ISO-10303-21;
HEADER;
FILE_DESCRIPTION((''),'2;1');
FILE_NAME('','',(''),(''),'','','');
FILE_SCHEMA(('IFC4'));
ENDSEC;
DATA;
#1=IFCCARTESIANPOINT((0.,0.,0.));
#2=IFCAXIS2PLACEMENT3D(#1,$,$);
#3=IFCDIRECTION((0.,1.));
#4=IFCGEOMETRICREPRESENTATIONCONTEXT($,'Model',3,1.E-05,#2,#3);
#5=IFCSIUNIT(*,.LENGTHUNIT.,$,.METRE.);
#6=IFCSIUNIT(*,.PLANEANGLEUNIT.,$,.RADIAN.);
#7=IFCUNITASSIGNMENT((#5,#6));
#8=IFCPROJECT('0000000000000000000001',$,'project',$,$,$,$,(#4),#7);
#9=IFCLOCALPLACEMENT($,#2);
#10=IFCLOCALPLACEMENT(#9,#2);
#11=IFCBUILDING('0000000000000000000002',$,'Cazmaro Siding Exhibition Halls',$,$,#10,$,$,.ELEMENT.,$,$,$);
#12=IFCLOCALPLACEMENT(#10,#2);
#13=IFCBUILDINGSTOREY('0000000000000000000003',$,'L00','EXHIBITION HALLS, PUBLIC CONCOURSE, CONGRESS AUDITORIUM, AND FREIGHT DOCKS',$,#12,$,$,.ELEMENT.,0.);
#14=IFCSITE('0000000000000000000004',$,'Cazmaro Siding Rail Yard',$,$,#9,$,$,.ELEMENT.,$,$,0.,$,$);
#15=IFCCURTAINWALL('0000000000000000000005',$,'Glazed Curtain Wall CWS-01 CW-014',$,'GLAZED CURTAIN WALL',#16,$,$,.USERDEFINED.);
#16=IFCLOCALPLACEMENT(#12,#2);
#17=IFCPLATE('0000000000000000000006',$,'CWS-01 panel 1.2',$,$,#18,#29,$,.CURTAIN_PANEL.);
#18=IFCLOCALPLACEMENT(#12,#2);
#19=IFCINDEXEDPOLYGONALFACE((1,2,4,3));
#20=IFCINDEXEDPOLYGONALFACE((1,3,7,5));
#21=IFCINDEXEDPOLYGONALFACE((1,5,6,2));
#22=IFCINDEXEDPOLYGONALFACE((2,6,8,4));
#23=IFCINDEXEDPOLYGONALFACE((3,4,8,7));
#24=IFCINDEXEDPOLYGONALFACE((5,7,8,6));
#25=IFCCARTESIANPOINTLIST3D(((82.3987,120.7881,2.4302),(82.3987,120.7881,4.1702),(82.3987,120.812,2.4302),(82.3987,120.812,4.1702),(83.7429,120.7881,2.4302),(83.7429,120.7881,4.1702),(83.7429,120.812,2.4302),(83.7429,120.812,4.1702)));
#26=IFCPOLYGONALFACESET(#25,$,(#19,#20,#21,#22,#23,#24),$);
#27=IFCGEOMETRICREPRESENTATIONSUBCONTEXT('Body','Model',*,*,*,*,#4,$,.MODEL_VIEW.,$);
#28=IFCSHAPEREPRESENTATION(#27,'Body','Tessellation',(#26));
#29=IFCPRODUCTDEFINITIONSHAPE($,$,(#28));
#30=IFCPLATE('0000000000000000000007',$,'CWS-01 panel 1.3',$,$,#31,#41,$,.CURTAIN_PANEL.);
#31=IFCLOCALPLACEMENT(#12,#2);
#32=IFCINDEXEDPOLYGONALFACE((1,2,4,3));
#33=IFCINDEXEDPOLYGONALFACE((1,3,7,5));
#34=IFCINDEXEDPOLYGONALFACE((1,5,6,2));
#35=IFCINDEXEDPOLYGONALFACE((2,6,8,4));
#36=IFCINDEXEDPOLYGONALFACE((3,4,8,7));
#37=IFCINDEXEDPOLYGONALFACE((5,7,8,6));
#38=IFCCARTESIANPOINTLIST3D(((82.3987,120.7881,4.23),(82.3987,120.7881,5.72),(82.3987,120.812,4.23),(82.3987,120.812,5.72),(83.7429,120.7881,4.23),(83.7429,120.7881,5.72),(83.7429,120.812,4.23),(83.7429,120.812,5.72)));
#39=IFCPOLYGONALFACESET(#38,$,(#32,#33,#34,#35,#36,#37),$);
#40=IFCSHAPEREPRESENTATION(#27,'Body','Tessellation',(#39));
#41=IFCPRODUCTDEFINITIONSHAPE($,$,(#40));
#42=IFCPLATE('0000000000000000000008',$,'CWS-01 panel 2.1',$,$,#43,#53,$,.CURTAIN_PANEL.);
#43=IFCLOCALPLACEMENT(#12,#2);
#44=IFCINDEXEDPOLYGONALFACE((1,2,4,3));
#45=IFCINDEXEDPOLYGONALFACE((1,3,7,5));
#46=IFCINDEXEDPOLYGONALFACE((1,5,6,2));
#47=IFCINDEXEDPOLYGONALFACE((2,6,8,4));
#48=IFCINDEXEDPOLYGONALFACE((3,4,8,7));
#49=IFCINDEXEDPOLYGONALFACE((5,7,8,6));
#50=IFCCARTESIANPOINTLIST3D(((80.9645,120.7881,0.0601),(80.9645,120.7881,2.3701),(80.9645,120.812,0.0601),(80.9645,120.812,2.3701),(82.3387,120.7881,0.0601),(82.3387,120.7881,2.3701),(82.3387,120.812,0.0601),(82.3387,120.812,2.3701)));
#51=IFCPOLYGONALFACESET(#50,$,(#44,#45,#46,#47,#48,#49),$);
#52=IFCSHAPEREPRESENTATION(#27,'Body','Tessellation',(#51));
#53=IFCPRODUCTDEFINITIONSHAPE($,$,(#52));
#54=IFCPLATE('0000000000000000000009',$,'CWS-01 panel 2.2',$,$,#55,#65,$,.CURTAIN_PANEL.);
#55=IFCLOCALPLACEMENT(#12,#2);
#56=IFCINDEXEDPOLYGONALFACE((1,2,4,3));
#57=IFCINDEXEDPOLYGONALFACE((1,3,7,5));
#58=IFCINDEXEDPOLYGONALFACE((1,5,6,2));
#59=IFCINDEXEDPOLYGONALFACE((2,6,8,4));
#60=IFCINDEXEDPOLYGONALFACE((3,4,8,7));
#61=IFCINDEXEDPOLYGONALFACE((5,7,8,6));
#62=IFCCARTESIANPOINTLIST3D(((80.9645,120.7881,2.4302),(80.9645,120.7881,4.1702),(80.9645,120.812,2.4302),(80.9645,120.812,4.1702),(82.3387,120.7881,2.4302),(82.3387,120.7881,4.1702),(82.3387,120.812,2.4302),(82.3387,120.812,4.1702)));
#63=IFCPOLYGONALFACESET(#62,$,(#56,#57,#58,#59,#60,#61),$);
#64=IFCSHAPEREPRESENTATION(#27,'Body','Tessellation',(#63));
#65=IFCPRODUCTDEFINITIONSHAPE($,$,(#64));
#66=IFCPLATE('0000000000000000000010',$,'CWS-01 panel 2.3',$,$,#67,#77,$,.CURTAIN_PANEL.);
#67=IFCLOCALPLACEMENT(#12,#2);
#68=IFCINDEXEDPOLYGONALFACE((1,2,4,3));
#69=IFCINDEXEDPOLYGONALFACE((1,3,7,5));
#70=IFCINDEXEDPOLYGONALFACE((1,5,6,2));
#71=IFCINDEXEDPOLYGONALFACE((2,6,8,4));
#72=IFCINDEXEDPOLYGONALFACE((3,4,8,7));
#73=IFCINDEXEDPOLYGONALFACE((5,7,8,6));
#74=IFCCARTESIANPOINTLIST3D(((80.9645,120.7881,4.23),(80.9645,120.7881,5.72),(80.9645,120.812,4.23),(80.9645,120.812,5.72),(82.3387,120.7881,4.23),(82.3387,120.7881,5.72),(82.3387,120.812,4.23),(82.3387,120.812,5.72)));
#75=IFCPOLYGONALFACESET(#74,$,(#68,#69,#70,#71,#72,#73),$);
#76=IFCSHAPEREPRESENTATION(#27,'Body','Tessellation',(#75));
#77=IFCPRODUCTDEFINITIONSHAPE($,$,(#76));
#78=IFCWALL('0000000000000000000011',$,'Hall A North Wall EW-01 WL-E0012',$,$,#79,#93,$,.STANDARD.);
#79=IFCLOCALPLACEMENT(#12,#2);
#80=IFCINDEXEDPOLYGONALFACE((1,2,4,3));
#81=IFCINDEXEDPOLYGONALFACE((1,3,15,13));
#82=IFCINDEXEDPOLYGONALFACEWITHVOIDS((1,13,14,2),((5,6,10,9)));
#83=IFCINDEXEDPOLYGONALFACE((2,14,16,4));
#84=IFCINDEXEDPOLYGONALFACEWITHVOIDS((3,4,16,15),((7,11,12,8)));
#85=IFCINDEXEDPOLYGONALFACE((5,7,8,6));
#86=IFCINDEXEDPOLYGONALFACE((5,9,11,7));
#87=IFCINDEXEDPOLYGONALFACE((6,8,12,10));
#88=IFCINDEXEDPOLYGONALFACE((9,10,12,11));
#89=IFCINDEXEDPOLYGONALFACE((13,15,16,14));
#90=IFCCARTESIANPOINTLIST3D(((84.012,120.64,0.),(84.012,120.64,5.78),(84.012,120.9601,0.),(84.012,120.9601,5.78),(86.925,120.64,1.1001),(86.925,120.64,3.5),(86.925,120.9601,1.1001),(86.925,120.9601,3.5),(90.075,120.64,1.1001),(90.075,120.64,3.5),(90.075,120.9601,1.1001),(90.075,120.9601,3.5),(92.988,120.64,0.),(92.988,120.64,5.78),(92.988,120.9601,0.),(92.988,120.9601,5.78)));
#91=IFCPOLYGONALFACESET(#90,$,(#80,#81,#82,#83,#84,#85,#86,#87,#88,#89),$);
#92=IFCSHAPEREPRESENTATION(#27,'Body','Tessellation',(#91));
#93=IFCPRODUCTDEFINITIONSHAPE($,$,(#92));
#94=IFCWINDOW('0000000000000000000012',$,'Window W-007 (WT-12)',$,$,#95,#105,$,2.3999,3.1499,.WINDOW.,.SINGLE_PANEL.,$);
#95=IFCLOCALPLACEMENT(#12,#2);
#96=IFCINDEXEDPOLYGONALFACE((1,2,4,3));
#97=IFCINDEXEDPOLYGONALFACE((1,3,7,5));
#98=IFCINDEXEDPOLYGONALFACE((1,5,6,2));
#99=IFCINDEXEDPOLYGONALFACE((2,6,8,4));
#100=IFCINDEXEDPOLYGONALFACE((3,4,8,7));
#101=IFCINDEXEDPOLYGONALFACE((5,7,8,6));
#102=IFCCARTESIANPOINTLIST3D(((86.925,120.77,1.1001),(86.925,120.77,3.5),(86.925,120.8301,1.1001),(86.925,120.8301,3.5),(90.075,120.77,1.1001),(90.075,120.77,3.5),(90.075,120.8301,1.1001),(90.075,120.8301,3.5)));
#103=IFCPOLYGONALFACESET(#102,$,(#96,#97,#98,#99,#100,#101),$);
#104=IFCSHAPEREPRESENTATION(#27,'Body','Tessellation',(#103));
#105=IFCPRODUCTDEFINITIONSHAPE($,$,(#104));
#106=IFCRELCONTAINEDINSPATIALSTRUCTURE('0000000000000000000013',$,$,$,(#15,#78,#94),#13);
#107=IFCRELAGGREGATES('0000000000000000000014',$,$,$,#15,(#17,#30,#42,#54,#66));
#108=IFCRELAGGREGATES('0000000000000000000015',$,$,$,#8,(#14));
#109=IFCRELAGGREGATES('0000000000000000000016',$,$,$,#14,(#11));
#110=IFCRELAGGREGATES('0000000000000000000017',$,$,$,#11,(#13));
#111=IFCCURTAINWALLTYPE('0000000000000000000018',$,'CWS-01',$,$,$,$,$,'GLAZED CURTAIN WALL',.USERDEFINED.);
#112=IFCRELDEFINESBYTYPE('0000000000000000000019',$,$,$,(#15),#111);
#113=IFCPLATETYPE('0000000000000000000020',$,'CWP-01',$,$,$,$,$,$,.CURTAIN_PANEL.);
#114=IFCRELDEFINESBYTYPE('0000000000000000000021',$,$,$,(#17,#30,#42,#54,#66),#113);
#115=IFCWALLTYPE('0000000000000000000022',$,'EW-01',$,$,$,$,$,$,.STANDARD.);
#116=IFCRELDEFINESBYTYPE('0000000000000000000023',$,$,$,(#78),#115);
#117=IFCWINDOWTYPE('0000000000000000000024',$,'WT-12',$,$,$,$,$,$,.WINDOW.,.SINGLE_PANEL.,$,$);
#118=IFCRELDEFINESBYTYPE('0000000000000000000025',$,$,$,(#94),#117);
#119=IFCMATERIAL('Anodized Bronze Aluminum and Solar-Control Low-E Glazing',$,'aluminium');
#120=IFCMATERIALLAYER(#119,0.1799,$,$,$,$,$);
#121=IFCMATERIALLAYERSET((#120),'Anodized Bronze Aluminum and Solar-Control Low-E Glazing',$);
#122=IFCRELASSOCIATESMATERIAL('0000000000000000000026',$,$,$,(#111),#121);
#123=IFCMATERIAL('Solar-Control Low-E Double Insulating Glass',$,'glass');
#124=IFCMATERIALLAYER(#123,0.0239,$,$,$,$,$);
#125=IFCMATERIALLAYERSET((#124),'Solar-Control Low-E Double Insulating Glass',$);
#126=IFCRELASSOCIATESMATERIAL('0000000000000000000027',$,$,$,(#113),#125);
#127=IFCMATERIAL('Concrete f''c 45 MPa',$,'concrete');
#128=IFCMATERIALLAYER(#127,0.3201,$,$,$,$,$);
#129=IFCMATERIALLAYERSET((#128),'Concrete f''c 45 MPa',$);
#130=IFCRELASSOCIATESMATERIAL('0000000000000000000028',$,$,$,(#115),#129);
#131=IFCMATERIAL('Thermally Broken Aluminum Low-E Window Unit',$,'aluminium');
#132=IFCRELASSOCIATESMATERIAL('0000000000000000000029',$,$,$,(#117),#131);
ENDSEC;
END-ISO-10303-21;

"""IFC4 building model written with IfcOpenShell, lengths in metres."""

from ifc_helpers import new_model, si_unit, direction, frame, frame_2d, origin, origin_2d, place, context, subcontext, project, spatial, rectangle, extrude, material, layer, layer_set, type_object, element, fill, aggregate, save


model = new_model("IFC4")

# Units and contexts
model_context = context("Model", 3, precision=1e-05, world=origin(), true_north=direction((0.0, 1.0)))
body_context = subcontext(model_context, "Body", "Model", "MODEL_VIEW")
ifc_project = project(units=[si_unit("LENGTHUNIT", "METRE"), si_unit("PLANEANGLEUNIT", "RADIAN")], contexts=[model_context])

# Site, building, storey
site_placement = place(None, origin())
site = spatial("IfcSite", under=ifc_project, at=site_placement, Name="Cazmaro Siding Rail Yard", CompositionType="ELEMENT", RefElevation=0.0)
building_placement = place(site_placement, origin())
building = spatial("IfcBuilding", under=site, at=building_placement, Name="Cazmaro Siding Exhibition Halls", CompositionType="ELEMENT")
storey_placement = place(building_placement, origin())
storey = spatial("IfcBuildingStorey", under=building, at=storey_placement, Name="L00", Description="EXHIBITION HALLS, PUBLIC CONCOURSE, CONGRESS AUDITORIUM, AND FREIGHT DOCKS", CompositionType="ELEMENT", Elevation=0.0)

# Curtain wall, plates
ifc_material_1 = material(Name="Anodized Bronze Aluminum and Solar-Control Low-E Glazing", Category="aluminium")
ifc_layer_1 = layer(ifc_material_1, 0.1799)
ifc_layer_set_1 = layer_set([ifc_layer_1], Name="Anodized Bronze Aluminum and Solar-Control Low-E Glazing")
curtain_wall_type = type_object("IfcCurtainWallType", Name="CWS-01", ElementType="GLAZED CURTAIN WALL", PredefinedType="USERDEFINED", material=ifc_layer_set_1)
curtain_wall_placement = place(storey_placement, origin())
curtain_wall = element("IfcCurtainWall", 1, at=curtain_wall_placement, inside=storey, type_object=curtain_wall_type, Name="Glazed Curtain Wall CWS-01 CW-014", ObjectType="GLAZED CURTAIN WALL", PredefinedType="USERDEFINED")
ifc_material_2 = material(Name="Solar-Control Low-E Double Insulating Glass", Category="glass")
ifc_layer_2 = layer(ifc_material_2, 0.0239)
ifc_layer_set_2 = layer_set([ifc_layer_2], Name="Solar-Control Low-E Double Insulating Glass")
plate_type = type_object("IfcPlateType", Name="CWP-01", PredefinedType="CURTAIN_PANEL", material=ifc_layer_set_2)
plate_1_placement = place(storey_placement, frame((83.0708, 120.8, 2.4302), z_axis=(0.0, 0.0, 1.0), x_axis=(-1.0, 0.0, 0.0)))
plate_1 = element("IfcPlate", 2, at=plate_1_placement, type_object=plate_type, Name="CWS-01 panel 1.2", PredefinedType="CURTAIN_PANEL", context=body_context, shape_type="SweptSolid", body=[
    extrude(rectangle(XDim=1.3442, YDim=0.0239, at=origin_2d()), origin(), (0.0, 0.0, 1.0), 1.74),
])
plate_2_placement = place(storey_placement, frame((83.0708, 120.8, 4.23), z_axis=(0.0, 0.0, 1.0), x_axis=(-1.0, 0.0, 0.0)))
plate_2 = element("IfcPlate", 3, at=plate_2_placement, type_object=plate_type, Name="CWS-01 panel 1.3", PredefinedType="CURTAIN_PANEL", context=body_context, shape_type="SweptSolid", body=[
    extrude(rectangle(XDim=1.3442, YDim=0.0239, at=origin_2d()), origin(), (0.0, 0.0, 1.0), 1.49),
])
plate_3_placement = place(storey_placement, frame((81.6516, 120.8, 0.0601), z_axis=(0.0, 0.0, 1.0), x_axis=(-1.0, 0.0, 0.0)))
plate_3 = element("IfcPlate", 4, at=plate_3_placement, type_object=plate_type, Name="CWS-01 panel 2.1", PredefinedType="CURTAIN_PANEL", context=body_context, shape_type="SweptSolid", body=[
    extrude(rectangle(XDim=1.3743, YDim=0.0239, at=origin_2d()), origin(), (0.0, 0.0, 1.0), 2.3101),
])
plate_4_placement = place(storey_placement, frame((81.6516, 120.8, 2.4302), z_axis=(0.0, 0.0, 1.0), x_axis=(-1.0, 0.0, 0.0)))
plate_4 = element("IfcPlate", 5, at=plate_4_placement, type_object=plate_type, Name="CWS-01 panel 2.2", PredefinedType="CURTAIN_PANEL", context=body_context, shape_type="SweptSolid", body=[
    extrude(rectangle(XDim=1.3743, YDim=0.0239, at=origin_2d()), origin(), (0.0, 0.0, 1.0), 1.74),
])
plate_5_placement = place(storey_placement, frame((81.6516, 120.8, 4.23), z_axis=(0.0, 0.0, 1.0), x_axis=(-1.0, 0.0, 0.0)))
plate_5 = element("IfcPlate", 6, at=plate_5_placement, type_object=plate_type, Name="CWS-01 panel 2.3", PredefinedType="CURTAIN_PANEL", context=body_context, shape_type="SweptSolid", body=[
    extrude(rectangle(XDim=1.3743, YDim=0.0239, at=origin_2d()), origin(), (0.0, 0.0, 1.0), 1.49),
])
aggregate(curtain_wall, [plate_1, plate_2, plate_3, plate_4, plate_5])

# Wall, opening, window
ifc_material_3 = material(Name="Concrete f'c 45 MPa", Category="concrete")
ifc_layer_3 = layer(ifc_material_3, 0.3201)
ifc_layer_set_3 = layer_set([ifc_layer_3], Name="Concrete f'c 45 MPa")
wall_type = type_object("IfcWallType", Name="EW-01", PredefinedType="STANDARD", material=ifc_layer_set_3)
wall_placement = place(storey_placement, frame((84.012, 120.8, 0.0), z_axis=(0.0, 0.0, 1.0), x_axis=(1.0, 0.0, 0.0)))
wall = element("IfcWall", 7, at=wall_placement, inside=storey, type_object=wall_type, Name="Hall A North Wall EW-01 WL-E0012", PredefinedType="STANDARD", context=body_context, shape_type="SweptSolid", body=[
    extrude(rectangle(XDim=8.9761, YDim=0.3201, at=frame_2d((4.488, 0.0))), origin(), (0.0, 0.0, 1.0), 5.78),
])
opening_placement = place(wall_placement, frame((2.9131, 0.0, 1.1001)))
opening = element("IfcOpeningElement", 8, at=opening_placement, cuts=wall, PredefinedType="OPENING", context=body_context, shape_type="SweptSolid", body=[
    extrude(rectangle(XDim=3.1499, YDim=2.3999, at=frame_2d((1.575, 1.2))), frame((0.0, 0.1699, 0.0), z_axis=(0.0, -1.0, 0.0), x_axis=(1.0, 0.0, 0.0)), (0.0, 0.0, 1.0), 0.3401),
])
ifc_material_4 = material(Name="Thermally Broken Aluminum Low-E Window Unit", Category="aluminium")
window_type = type_object("IfcWindowType", Name="WT-12", PartitioningType="SINGLE_PANEL", PredefinedType="WINDOW", material=ifc_material_4)
window_placement = place(opening_placement, origin())
window = element("IfcWindow", 9, at=window_placement, inside=storey, type_object=window_type, Name="Window W-007 (WT-12)", OverallHeight=2.3999, OverallWidth=3.1499, PartitioningType="SINGLE_PANEL", PredefinedType="WINDOW", context=body_context, shape_type="SweptSolid", body=[
    extrude(rectangle(XDim=3.1499, YDim=2.3999, at=frame_2d((1.575, 1.2))), frame((0.0, 0.03, 0.0), z_axis=(0.0, -1.0, 0.0), x_axis=(1.0, 0.0, 0.0)), (0.0, 0.0, 1.0), 0.0601),
])
fill(opening, window)

save(model, "model.ifc")
